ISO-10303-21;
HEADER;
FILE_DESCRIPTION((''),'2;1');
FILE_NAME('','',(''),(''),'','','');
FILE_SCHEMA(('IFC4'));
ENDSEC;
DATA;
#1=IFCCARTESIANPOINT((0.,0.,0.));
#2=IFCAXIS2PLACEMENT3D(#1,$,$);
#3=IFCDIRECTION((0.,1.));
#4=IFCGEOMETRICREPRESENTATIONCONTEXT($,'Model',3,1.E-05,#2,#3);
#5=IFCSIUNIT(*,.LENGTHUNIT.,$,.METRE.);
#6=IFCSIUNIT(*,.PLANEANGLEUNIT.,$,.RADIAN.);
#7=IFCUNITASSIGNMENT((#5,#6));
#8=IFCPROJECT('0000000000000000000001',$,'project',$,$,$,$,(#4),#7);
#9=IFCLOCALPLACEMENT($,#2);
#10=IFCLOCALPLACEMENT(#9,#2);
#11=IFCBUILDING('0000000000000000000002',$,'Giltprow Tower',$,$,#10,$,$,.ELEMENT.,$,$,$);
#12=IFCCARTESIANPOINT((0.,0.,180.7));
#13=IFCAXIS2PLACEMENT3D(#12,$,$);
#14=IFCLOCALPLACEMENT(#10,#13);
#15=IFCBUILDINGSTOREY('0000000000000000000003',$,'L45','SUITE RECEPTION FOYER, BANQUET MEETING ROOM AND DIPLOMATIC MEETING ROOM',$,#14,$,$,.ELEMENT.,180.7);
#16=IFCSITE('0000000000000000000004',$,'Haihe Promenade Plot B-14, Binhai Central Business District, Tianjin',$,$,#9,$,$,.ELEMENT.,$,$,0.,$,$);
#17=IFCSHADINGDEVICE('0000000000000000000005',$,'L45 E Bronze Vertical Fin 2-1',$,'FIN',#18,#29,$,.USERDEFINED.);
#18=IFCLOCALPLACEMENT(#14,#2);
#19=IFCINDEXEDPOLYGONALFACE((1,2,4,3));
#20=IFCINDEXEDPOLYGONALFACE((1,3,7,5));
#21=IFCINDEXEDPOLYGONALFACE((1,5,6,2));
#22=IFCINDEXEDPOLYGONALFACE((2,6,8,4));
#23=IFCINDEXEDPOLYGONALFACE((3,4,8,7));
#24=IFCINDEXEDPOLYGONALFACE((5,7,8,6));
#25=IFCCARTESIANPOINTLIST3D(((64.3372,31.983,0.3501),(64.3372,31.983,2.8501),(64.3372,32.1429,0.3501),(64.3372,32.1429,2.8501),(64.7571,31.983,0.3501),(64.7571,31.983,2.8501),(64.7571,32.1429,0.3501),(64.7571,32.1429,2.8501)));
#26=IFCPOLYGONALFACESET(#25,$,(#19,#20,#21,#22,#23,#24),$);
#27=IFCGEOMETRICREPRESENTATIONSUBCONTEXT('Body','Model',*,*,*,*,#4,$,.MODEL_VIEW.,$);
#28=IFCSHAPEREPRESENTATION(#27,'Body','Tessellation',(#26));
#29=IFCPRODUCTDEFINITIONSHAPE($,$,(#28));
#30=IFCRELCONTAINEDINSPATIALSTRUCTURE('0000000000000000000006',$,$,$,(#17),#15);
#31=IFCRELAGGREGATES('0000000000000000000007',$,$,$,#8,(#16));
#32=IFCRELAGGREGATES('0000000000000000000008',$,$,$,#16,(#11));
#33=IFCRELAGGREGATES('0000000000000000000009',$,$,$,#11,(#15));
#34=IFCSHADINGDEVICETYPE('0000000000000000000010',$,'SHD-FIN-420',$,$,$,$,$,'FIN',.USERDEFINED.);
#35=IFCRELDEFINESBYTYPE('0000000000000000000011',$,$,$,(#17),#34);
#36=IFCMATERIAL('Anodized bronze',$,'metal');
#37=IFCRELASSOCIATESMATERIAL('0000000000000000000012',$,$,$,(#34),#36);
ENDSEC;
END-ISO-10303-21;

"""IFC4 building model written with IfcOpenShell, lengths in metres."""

from ifc_helpers import new_model, si_unit, direction, frame, origin, origin_2d, place, context, subcontext, project, spatial, rectangle, extrude, source, transform, mapped, material, type_object, element, save


model = new_model("IFC4")

# Units and contexts
model_context = context("Model", 3, precision=1e-05, world=origin(), true_north=direction((0.0, 1.0)))
body_context = subcontext(model_context, "Body", "Model", "MODEL_VIEW")
ifc_project = project(units=[si_unit("LENGTHUNIT", "METRE"), si_unit("PLANEANGLEUNIT", "RADIAN")], contexts=[model_context])

# Site, building, storey
site_placement = place(None, origin())
site = spatial("IfcSite", under=ifc_project, at=site_placement, Name="Haihe Promenade Plot B-14, Binhai Central Business District, Tianjin", CompositionType="ELEMENT", RefElevation=0.0)
building_placement = place(site_placement, origin())
building = spatial("IfcBuilding", under=site, at=building_placement, Name="Giltprow Tower", CompositionType="ELEMENT")
storey_placement = place(building_placement, frame((0.0, 0.0, 180.7)))
storey = spatial("IfcBuildingStorey", under=building, at=storey_placement, Name="L45", Description="SUITE RECEPTION FOYER, BANQUET MEETING ROOM AND DIPLOMATIC MEETING ROOM", CompositionType="ELEMENT", Elevation=180.7)

# Shared definitions
ifc_material_1 = material(Name="Anodized bronze", Category="metal")

# Shading device
shading_device_type = type_object("IfcShadingDeviceType", Name="SHD-FIN-420", ElementType="FIN", PredefinedType="USERDEFINED", material=ifc_material_1)
shared_shape_1 = source(origin(), body_context, "Body", "SweptSolid", [
    extrude(rectangle(XDim=0.4199, YDim=0.1599, at=origin_2d()), origin(), (0.0, 0.0, 1.0), 2.5),
])
shading_device_placement = place(storey_placement, frame((64.5471, 32.063, 0.3501), z_axis=(0.0, 0.0, 1.0), x_axis=(1.0, 0.0, 0.0)))
element("IfcShadingDevice", 1, at=shading_device_placement, inside=storey, type_object=shading_device_type, Name="L45 E Bronze Vertical Fin 2-1", ObjectType="FIN", PredefinedType="USERDEFINED", context=body_context, shape_type="MappedRepresentation", body=[
    mapped(shared_shape_1, transform((0.0, 0.0, 0.0), x_axis=(1.0, 0.0, 0.0), y_axis=(0.0, 1.0, 0.0), z_axis=(0.0, 0.0, 1.0), scale=1.0)),
])

save(model, "model.ifc")
